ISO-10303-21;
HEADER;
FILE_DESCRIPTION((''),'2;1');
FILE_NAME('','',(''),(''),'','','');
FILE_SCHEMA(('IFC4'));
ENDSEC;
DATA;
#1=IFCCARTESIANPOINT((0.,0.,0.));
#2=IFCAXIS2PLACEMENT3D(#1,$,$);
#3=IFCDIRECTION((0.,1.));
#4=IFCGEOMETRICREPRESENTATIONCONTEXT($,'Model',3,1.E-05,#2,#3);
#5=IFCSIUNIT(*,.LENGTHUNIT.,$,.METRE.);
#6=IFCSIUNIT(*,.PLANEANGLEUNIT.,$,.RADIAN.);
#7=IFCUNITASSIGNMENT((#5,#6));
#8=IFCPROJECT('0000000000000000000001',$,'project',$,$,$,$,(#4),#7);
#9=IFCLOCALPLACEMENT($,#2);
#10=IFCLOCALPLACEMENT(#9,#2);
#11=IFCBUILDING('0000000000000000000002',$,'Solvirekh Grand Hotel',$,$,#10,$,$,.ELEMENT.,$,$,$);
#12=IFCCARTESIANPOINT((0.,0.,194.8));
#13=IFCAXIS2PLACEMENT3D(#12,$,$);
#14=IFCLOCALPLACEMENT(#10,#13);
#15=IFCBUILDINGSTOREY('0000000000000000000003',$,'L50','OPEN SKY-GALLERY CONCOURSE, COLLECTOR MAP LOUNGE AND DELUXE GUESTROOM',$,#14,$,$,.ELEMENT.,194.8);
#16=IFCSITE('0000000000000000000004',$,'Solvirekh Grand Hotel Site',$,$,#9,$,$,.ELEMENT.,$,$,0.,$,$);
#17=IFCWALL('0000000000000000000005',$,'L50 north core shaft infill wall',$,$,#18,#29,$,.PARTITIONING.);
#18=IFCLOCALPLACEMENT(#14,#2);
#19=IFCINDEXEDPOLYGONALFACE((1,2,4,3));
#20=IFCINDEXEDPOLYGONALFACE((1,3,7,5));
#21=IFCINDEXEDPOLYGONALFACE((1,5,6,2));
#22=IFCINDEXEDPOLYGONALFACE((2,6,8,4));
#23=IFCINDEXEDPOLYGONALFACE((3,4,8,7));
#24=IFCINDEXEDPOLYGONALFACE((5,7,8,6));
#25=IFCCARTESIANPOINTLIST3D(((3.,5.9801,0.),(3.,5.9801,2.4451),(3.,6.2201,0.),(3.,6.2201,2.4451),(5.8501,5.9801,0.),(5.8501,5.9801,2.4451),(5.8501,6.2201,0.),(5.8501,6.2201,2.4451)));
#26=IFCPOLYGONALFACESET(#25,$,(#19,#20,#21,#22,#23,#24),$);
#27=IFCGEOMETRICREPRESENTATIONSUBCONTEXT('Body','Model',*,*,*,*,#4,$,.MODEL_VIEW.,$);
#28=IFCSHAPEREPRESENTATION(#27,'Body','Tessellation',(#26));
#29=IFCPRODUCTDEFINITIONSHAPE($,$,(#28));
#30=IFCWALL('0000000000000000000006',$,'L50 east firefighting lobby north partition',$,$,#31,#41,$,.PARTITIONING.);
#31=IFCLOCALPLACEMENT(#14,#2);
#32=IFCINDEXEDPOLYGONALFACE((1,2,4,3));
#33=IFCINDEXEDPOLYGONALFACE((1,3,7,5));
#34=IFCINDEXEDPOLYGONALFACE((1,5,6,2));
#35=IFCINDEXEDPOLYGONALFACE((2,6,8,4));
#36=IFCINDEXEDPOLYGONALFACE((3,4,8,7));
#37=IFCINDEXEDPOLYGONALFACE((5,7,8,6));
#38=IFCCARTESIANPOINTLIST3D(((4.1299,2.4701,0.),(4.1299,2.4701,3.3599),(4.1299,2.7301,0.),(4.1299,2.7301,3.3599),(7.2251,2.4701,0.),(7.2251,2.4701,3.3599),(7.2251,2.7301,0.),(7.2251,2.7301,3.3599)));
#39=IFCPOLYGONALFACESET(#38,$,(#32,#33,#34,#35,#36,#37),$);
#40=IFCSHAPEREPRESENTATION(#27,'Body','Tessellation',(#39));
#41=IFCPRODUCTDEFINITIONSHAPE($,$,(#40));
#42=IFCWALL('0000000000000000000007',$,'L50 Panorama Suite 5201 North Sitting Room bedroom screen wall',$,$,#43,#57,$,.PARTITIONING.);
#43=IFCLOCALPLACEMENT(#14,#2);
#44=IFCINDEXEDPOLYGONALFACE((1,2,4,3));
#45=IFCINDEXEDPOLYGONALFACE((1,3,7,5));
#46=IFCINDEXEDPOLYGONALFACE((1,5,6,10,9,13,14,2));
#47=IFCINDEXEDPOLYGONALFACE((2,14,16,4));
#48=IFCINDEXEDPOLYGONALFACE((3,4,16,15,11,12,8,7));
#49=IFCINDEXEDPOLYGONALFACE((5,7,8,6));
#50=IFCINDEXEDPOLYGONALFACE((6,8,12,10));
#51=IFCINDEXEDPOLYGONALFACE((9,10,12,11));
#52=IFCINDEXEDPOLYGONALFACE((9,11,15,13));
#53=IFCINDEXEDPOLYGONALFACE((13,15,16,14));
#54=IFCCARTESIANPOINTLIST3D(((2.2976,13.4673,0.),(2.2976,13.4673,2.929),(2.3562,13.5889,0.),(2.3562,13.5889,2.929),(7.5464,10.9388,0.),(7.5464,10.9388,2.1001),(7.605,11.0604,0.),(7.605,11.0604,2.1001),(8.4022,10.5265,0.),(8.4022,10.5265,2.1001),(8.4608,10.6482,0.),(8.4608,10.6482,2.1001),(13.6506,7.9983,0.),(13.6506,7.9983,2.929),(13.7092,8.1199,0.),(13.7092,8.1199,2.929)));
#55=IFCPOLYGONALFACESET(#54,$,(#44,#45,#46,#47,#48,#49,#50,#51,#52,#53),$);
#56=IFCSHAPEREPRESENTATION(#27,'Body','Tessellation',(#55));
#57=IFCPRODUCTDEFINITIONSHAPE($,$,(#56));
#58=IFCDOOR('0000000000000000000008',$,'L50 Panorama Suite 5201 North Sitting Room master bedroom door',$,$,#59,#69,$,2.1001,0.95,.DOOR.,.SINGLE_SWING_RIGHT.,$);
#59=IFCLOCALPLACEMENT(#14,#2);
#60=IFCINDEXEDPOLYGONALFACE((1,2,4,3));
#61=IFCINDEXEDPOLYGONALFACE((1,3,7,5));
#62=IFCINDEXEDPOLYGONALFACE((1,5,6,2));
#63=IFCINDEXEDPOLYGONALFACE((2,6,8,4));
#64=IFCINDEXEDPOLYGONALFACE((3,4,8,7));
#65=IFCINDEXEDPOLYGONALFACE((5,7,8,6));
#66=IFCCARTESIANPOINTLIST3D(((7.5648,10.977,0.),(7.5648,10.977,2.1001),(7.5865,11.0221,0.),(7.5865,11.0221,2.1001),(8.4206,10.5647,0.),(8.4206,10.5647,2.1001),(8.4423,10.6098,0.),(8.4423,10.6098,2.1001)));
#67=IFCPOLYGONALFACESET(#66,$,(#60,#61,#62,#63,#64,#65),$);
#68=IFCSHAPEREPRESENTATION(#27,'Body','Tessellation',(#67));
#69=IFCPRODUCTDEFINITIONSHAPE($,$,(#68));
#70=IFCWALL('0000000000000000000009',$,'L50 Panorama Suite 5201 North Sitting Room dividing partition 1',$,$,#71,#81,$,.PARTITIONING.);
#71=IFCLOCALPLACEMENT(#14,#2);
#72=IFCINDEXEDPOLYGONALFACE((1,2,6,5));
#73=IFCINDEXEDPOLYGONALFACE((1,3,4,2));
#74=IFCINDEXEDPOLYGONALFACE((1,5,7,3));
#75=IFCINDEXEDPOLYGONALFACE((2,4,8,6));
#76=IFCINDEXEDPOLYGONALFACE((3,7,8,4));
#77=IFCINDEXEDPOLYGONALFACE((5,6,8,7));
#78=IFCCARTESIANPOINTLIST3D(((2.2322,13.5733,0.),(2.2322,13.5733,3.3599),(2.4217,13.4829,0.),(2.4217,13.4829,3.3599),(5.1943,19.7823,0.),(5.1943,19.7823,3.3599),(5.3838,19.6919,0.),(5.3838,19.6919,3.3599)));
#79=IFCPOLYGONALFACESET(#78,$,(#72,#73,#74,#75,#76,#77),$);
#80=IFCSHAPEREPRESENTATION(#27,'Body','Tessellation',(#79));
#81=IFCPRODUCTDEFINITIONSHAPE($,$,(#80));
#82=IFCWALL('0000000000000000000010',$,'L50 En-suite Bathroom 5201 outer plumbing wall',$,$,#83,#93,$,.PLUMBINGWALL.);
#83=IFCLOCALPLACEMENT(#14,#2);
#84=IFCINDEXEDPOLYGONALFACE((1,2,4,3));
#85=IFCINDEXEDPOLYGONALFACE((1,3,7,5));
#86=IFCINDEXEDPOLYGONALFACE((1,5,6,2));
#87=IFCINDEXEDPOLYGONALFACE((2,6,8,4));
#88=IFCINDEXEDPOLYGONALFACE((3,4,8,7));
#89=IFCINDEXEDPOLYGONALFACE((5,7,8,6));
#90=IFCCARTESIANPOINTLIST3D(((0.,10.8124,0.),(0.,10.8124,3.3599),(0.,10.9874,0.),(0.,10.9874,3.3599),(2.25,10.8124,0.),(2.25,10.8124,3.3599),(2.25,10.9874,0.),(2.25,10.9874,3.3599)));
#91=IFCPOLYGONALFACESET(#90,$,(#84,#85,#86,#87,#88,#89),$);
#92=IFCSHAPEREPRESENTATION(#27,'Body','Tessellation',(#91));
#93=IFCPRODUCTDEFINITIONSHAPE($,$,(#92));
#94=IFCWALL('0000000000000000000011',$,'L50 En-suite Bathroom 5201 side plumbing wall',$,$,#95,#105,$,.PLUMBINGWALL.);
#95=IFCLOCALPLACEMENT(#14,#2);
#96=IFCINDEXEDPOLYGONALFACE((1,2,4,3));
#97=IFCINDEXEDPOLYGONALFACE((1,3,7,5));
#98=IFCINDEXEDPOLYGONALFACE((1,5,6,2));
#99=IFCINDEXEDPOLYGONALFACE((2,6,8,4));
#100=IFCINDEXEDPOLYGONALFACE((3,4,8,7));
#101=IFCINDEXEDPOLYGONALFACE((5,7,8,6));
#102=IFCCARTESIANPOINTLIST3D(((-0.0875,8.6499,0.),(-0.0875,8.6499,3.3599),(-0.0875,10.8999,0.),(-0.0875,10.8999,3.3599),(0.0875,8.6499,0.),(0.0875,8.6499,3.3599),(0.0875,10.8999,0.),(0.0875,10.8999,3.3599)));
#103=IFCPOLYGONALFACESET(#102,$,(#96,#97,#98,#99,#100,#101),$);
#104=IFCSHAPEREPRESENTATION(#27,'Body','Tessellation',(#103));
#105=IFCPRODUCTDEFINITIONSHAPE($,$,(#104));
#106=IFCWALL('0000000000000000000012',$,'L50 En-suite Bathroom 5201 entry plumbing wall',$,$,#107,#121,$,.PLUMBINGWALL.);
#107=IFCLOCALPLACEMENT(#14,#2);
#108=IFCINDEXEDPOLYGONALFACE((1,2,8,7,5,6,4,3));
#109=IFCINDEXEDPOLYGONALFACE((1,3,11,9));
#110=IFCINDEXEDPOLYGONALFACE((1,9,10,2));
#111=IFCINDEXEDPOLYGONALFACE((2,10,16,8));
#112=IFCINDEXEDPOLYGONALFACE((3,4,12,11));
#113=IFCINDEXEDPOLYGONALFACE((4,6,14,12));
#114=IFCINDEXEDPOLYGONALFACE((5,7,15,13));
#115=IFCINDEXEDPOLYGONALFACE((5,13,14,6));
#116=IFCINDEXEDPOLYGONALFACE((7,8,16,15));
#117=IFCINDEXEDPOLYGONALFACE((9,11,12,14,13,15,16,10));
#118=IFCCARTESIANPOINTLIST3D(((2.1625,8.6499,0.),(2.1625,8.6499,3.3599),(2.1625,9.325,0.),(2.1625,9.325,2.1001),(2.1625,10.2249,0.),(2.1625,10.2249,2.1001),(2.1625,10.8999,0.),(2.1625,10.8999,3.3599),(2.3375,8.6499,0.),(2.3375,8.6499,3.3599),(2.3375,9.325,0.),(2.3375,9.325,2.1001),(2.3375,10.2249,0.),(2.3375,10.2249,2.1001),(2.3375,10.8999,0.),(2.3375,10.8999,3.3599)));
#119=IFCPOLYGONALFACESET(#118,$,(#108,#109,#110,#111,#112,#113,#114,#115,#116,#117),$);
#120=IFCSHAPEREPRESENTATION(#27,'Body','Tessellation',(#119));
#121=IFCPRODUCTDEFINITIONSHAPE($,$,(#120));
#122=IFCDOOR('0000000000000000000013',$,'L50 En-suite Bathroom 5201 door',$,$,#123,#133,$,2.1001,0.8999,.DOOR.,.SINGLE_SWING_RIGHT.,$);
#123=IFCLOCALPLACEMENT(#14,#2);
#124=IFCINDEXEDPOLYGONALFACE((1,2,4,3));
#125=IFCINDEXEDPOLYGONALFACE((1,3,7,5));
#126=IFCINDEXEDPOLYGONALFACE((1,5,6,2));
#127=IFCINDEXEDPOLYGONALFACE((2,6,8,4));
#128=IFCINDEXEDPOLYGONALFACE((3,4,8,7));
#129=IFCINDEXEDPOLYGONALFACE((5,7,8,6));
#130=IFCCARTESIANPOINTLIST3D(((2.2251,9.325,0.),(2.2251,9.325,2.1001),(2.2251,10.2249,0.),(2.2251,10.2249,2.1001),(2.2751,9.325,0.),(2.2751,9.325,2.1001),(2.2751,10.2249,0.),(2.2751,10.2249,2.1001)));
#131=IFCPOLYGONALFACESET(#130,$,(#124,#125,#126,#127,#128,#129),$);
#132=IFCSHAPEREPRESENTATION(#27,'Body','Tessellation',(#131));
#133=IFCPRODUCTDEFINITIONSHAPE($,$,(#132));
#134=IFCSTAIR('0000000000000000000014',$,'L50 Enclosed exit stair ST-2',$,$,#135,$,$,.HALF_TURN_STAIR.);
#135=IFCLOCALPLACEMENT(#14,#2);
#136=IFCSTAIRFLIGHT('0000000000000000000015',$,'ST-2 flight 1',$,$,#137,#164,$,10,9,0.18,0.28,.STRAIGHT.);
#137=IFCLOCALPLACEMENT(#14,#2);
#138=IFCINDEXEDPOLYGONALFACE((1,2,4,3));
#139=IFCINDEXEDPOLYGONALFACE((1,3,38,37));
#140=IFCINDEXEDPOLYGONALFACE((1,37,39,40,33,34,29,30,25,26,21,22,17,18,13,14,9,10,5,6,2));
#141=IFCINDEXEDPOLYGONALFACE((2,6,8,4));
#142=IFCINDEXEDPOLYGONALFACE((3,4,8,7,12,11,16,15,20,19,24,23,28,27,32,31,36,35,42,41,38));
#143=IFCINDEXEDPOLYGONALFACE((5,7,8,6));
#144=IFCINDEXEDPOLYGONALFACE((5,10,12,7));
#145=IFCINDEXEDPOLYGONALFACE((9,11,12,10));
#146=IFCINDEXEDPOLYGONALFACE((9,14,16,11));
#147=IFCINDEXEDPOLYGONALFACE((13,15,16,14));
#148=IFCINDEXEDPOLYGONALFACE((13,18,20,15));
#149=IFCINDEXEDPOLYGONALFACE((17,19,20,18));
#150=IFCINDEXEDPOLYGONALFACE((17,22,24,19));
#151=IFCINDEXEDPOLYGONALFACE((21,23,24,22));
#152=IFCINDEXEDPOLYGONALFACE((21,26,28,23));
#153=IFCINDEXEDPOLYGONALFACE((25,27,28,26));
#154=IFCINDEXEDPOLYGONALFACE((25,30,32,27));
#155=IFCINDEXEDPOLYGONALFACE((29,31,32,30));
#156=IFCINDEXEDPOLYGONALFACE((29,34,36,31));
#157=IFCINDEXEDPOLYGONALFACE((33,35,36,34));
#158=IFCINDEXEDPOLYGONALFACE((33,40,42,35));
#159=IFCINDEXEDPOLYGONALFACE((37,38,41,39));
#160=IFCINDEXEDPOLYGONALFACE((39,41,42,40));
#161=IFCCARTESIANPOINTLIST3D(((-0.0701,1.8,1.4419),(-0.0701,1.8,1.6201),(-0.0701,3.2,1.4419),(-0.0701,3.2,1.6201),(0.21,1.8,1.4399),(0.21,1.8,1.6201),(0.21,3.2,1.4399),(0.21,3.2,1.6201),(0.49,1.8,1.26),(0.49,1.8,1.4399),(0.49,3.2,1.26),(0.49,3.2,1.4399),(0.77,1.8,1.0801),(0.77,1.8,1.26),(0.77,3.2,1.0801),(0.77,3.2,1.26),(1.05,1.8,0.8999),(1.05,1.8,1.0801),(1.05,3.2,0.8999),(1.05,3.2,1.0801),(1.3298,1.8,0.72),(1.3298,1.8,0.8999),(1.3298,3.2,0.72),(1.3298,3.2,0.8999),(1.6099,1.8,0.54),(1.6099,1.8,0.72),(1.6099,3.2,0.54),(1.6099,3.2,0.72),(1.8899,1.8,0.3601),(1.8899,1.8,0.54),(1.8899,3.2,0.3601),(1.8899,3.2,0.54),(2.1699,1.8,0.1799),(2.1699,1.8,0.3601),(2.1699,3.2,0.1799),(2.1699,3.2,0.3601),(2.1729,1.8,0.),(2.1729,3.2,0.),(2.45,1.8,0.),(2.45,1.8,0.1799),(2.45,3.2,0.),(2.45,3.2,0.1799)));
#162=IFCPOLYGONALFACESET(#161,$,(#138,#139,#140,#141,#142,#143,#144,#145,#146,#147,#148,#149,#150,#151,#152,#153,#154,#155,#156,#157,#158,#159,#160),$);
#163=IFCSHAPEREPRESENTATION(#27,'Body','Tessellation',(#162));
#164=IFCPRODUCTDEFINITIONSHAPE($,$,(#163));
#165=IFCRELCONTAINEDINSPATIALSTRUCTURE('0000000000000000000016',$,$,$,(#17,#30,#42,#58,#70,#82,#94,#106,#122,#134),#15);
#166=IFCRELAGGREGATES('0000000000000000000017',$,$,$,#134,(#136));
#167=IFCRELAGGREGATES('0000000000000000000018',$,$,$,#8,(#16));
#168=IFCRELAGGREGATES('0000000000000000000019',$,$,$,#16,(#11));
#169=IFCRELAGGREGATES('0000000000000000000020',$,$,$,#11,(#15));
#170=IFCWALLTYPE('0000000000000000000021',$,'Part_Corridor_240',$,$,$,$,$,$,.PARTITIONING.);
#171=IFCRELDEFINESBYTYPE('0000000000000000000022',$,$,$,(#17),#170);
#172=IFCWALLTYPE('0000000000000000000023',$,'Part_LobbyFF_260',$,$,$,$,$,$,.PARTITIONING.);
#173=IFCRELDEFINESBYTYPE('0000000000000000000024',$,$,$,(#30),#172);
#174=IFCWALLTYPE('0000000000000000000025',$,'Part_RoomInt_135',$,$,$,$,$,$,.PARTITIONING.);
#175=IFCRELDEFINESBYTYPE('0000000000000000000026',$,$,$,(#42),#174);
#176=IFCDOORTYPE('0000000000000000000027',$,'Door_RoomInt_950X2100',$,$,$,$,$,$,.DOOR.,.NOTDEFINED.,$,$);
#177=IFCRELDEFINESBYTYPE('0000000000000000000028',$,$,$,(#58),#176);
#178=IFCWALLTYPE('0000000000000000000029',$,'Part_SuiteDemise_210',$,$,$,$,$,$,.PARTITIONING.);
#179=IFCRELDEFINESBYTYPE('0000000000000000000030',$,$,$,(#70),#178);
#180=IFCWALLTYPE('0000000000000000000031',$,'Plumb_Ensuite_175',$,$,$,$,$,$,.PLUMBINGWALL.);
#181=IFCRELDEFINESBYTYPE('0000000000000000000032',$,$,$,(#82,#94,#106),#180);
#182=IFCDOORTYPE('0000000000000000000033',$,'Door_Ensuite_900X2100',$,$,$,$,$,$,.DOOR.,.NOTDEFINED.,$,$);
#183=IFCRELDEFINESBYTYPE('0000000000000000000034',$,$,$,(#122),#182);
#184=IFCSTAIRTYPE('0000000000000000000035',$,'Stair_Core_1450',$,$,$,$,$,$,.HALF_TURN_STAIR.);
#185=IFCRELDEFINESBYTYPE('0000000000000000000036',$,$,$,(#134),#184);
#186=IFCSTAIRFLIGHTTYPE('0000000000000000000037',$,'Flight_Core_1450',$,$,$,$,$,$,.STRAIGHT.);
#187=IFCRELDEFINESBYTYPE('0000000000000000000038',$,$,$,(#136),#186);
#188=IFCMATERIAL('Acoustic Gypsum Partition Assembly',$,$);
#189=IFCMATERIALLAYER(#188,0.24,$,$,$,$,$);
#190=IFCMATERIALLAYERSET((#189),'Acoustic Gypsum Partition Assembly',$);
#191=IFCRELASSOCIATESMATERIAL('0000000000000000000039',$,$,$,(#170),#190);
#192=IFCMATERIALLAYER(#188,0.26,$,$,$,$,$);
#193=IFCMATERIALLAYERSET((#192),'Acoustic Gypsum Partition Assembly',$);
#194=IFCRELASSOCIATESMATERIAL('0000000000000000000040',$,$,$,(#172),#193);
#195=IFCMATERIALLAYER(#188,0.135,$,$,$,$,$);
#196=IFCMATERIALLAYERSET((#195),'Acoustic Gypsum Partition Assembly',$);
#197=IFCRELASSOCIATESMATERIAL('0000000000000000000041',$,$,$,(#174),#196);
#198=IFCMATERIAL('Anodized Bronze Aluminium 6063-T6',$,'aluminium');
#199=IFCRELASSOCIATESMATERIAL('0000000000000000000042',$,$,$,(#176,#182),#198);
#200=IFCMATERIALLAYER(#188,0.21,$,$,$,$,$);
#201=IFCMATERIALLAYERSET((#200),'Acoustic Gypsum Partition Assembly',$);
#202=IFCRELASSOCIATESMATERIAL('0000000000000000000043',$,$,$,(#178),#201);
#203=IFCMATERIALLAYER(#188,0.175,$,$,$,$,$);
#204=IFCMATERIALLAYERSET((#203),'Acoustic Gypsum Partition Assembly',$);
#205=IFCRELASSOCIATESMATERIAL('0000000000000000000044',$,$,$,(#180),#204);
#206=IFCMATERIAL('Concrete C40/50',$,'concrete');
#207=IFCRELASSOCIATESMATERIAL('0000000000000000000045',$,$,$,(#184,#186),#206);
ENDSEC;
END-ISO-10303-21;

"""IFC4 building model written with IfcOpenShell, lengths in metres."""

from ifc_helpers import new_model, si_unit, direction, frame, frame_2d, origin, place, context, subcontext, project, spatial, polyline, rectangle, outline, extrude, material, layer, layer_set, type_object, element, fill, aggregate, save


model = new_model("IFC4")

# Units and contexts
model_context = context("Model", 3, precision=1e-05, world=origin(), true_north=direction((0.0, 1.0)))
body_context = subcontext(model_context, "Body", "Model", "MODEL_VIEW")
ifc_project = project(units=[si_unit("LENGTHUNIT", "METRE"), si_unit("PLANEANGLEUNIT", "RADIAN")], contexts=[model_context])

# Site, building, storey
site_placement = place(None, origin())
site = spatial("IfcSite", under=ifc_project, at=site_placement, Name="Solvirekh Grand Hotel Site", CompositionType="ELEMENT", RefElevation=0.0)
building_placement = place(site_placement, origin())
building = spatial("IfcBuilding", under=site, at=building_placement, Name="Solvirekh Grand Hotel", CompositionType="ELEMENT")
storey_placement = place(building_placement, frame((0.0, 0.0, 194.8)))
storey = spatial("IfcBuildingStorey", under=building, at=storey_placement, Name="L50", Description="OPEN SKY-GALLERY CONCOURSE, COLLECTOR MAP LOUNGE AND DELUXE GUESTROOM", CompositionType="ELEMENT", Elevation=194.8)

# Shared definitions
ifc_material_1 = material(Name="Anodized Bronze Aluminium 6063-T6", Category="aluminium")

# Shared definitions
ifc_material_2 = material(Name="Concrete C40/50", Category="concrete")

# Walls
ifc_material_3 = material(Name="Acoustic Gypsum Partition Assembly")
ifc_layer_1 = layer(ifc_material_3, 0.24)
ifc_layer_set_1 = layer_set([ifc_layer_1], Name="Acoustic Gypsum Partition Assembly")
wall_type_1 = type_object("IfcWallType", Name="Part_Corridor_240", PredefinedType="PARTITIONING", material=ifc_layer_set_1)
wall_1_placement = place(storey_placement, frame((3.0, 6.1001, 0.0), z_axis=(0.0, 0.0, 1.0), x_axis=(1.0, 0.0, 0.0)))
element("IfcWall", 1, at=wall_1_placement, inside=storey, type_object=wall_type_1, Name="L50 north core shaft infill wall", PredefinedType="PARTITIONING", context=body_context, shape_type="SweptSolid", body=[
    extrude(rectangle(XDim=2.8501, YDim=0.24, at=frame_2d((1.425, 0.0))), origin(), (0.0, 0.0, 1.0), 2.4451),
])
ifc_layer_2 = layer(ifc_material_3, 0.26)
ifc_layer_set_2 = layer_set([ifc_layer_2], Name="Acoustic Gypsum Partition Assembly")
wall_type_2 = type_object("IfcWallType", Name="Part_LobbyFF_260", PredefinedType="PARTITIONING", material=ifc_layer_set_2)
wall_2_placement = place(storey_placement, frame((4.1299, 2.6001, 0.0), z_axis=(0.0, 0.0, 1.0), x_axis=(1.0, 0.0, 0.0)))
element("IfcWall", 2, at=wall_2_placement, inside=storey, type_object=wall_type_2, Name="L50 east firefighting lobby north partition", PredefinedType="PARTITIONING", context=body_context, shape_type="SweptSolid", body=[
    extrude(rectangle(XDim=3.0952, YDim=0.26, at=frame_2d((1.5476, 0.0))), origin(), (0.0, 0.0, 1.0), 3.3599),
])

# Wall, opening, door
ifc_layer_3 = layer(ifc_material_3, 0.135)
ifc_layer_set_3 = layer_set([ifc_layer_3], Name="Acoustic Gypsum Partition Assembly")
wall_type_3 = type_object("IfcWallType", Name="Part_RoomInt_135", PredefinedType="PARTITIONING", material=ifc_layer_set_3)
wall_3_placement = place(storey_placement, frame((2.3269, 13.5281, 0.0), z_axis=(0.0, 0.0, 1.0), x_axis=(0.900917, -0.433991, 0.0)))
wall_3 = element("IfcWall", 3, at=wall_3_placement, inside=storey, type_object=wall_type_3, Name="L50 Panorama Suite 5201 North Sitting Room bedroom screen wall", PredefinedType="PARTITIONING", context=body_context, shape_type="SweptSolid", body=[
    extrude(rectangle(XDim=12.6016, YDim=0.135, at=frame_2d((6.3008, 0.0))), origin(), (0.0, 0.0, 1.0), 2.929),
])
opening_1_placement = place(wall_3_placement, frame((5.8259, 0.0, 0.0)))
opening_1 = element("IfcOpeningElement", 4, at=opening_1_placement, cuts=wall_3, PredefinedType="OPENING", context=body_context, shape_type="SweptSolid", body=[
    extrude(rectangle(XDim=0.95, YDim=2.1001, at=frame_2d((0.4751, 1.05))), frame((0.0, 0.0776, 0.0), z_axis=(0.0, -1.0, 0.0), x_axis=(1.0, 0.0, 0.0)), (0.0, 0.0, 1.0), 0.155),
])
door_type_1 = type_object("IfcDoorType", Name="Door_RoomInt_950X2100", OperationType="NOTDEFINED", PredefinedType="DOOR", material=ifc_material_1)
door_1_placement = place(opening_1_placement, origin())
door_1 = element("IfcDoor", 5, at=door_1_placement, inside=storey, type_object=door_type_1, Name="L50 Panorama Suite 5201 North Sitting Room master bedroom door", OperationType="SINGLE_SWING_RIGHT", OverallHeight=2.1001, OverallWidth=0.95, PredefinedType="DOOR", context=body_context, shape_type="SweptSolid", body=[
    extrude(rectangle(XDim=0.95, YDim=2.1001, at=frame_2d((0.4751, 1.05))), frame((0.0, 0.0249, 0.0), z_axis=(0.0, -1.0, 0.0), x_axis=(1.0, 0.0, 0.0)), (0.0, 0.0, 1.0), 0.05),
])
fill(opening_1, door_1)

# Walls
ifc_layer_4 = layer(ifc_material_3, 0.21)
ifc_layer_set_4 = layer_set([ifc_layer_4], Name="Acoustic Gypsum Partition Assembly")
wall_type_4 = type_object("IfcWallType", Name="Part_SuiteDemise_210", PredefinedType="PARTITIONING", material=ifc_layer_set_4)
wall_4_placement = place(storey_placement, frame((2.3269, 13.5281, 0.0), z_axis=(0.0, 0.0, 1.0), x_axis=(0.430585, 0.90255, 0.0)))
element("IfcWall", 6, at=wall_4_placement, inside=storey, type_object=wall_type_4, Name="L50 Panorama Suite 5201 North Sitting Room dividing partition 1", PredefinedType="PARTITIONING", context=body_context, shape_type="SweptSolid", body=[
    extrude(rectangle(XDim=6.8794, YDim=0.21, at=frame_2d((3.4397, 0.0))), origin(), (0.0, 0.0, 1.0), 3.3599),
])
ifc_layer_5 = layer(ifc_material_3, 0.175)
ifc_layer_set_5 = layer_set([ifc_layer_5], Name="Acoustic Gypsum Partition Assembly")
wall_type_5 = type_object("IfcWallType", Name="Plumb_Ensuite_175", PredefinedType="PLUMBINGWALL", material=ifc_layer_set_5)
for number, where, z_axis, x_axis, name in (
    (7, (0.0, 10.8999, 0.0), (0.0, 0.0, 1.0), (1.0, 0.0, 0.0), "L50 En-suite Bathroom 5201 outer plumbing wall"),
    (8, (0.0, 10.8999, 0.0), (0.0, 0.0, 1.0), (0.0, -1.0, 0.0), "L50 En-suite Bathroom 5201 side plumbing wall"),
):
    element("IfcWall", number, at=place(storey_placement, frame(where, z_axis=z_axis, x_axis=x_axis)), inside=storey, type_object=wall_type_5, Name=name, PredefinedType="PLUMBINGWALL", context=body_context, shape_type="SweptSolid", body=[
        extrude(rectangle(XDim=2.25, YDim=0.175, at=frame_2d((1.125, 0.0))), origin(), (0.0, 0.0, 1.0), 3.3599),
    ])

# Wall, opening, door
wall_5_placement = place(storey_placement, frame((2.25, 8.6499, 0.0), z_axis=(0.0, 0.0, 1.0), x_axis=(0.0, 1.0, 0.0)))
wall_5 = element("IfcWall", 9, at=wall_5_placement, inside=storey, type_object=wall_type_5, Name="L50 En-suite Bathroom 5201 entry plumbing wall", PredefinedType="PLUMBINGWALL", context=body_context, shape_type="SweptSolid", body=[
    extrude(rectangle(XDim=2.25, YDim=0.175, at=frame_2d((1.125, 0.0))), origin(), (0.0, 0.0, 1.0), 3.3599),
])
opening_2_placement = place(wall_5_placement, frame((0.675, 0.0, 0.0)))
opening_2 = element("IfcOpeningElement", 10, at=opening_2_placement, cuts=wall_5, PredefinedType="OPENING", context=body_context, shape_type="SweptSolid", body=[
    extrude(rectangle(XDim=0.8999, YDim=2.1001, at=frame_2d((0.45, 1.05))), frame((0.0, 0.0977, 0.0), z_axis=(0.0, -1.0, 0.0), x_axis=(1.0, 0.0, 0.0)), (0.0, 0.0, 1.0), 0.1951),
])
door_type_2 = type_object("IfcDoorType", Name="Door_Ensuite_900X2100", OperationType="NOTDEFINED", PredefinedType="DOOR", material=ifc_material_1)
door_2_placement = place(opening_2_placement, origin())
door_2 = element("IfcDoor", 11, at=door_2_placement, inside=storey, type_object=door_type_2, Name="L50 En-suite Bathroom 5201 door", OperationType="SINGLE_SWING_RIGHT", OverallHeight=2.1001, OverallWidth=0.8999, PredefinedType="DOOR", context=body_context, shape_type="SweptSolid", body=[
    extrude(rectangle(XDim=0.8999, YDim=2.1001, at=frame_2d((0.45, 1.05))), frame((0.0, 0.0249, 0.0), z_axis=(0.0, -1.0, 0.0), x_axis=(1.0, 0.0, 0.0)), (0.0, 0.0, 1.0), 0.05),
])
fill(opening_2, door_2)

# Stair, stair flight
stair_type = type_object("IfcStairType", Name="Stair_Core_1450", PredefinedType="HALF_TURN_STAIR", material=ifc_material_2)
stair_placement = place(storey_placement, origin())
stair = element("IfcStair", 12, at=stair_placement, inside=storey, type_object=stair_type, Name="L50 Enclosed exit stair ST-2", PredefinedType="HALF_TURN_STAIR")
stair_flight_type = type_object("IfcStairFlightType", Name="Flight_Core_1450", PredefinedType="STRAIGHT", material=ifc_material_2)
stair_flight_1_placement = place(storey_placement, frame((2.45, 2.5, 0.0), z_axis=(0.0, 0.0, 1.0), x_axis=(-1.0, 0.0, 0.0)))
stair_flight_1 = element("IfcStairFlight", 13, at=stair_flight_1_placement, type_object=stair_flight_type, Name="ST-2 flight 1", NumberOfRisers=10, NumberOfTreads=9, PredefinedType="STRAIGHT", RiserHeight=0.18, TreadLength=0.28, context=body_context, shape_type="SweptSolid", body=[
    extrude(outline(polyline([(0.0, 0.0), (0.0, 0.1799), (0.28, 0.1799), (0.28, 0.3601), (0.5601, 0.3601), (0.5601, 0.54), (0.8401, 0.54), (0.8401, 0.72), (1.1201, 0.72), (1.1201, 0.8999), (1.3999, 0.8999), (1.3999, 1.0801), (1.6799, 1.0801), (1.6799, 1.26), (1.96, 1.26), (1.96, 1.4399), (2.24, 1.4399), (2.24, 1.6201), (2.52, 1.6201), (2.52, 1.8), (2.52, 1.4419), (0.2771, 0.0), (0.0, 0.0)])), frame((0.0, 0.7, 0.0), z_axis=(0.0, -1.0, 0.0), x_axis=(1.0, 0.0, 0.0)), (0.0, 0.0, 1.0), 1.3999),
])
aggregate(stair, [stair_flight_1])

save(model, "model.ifc")
